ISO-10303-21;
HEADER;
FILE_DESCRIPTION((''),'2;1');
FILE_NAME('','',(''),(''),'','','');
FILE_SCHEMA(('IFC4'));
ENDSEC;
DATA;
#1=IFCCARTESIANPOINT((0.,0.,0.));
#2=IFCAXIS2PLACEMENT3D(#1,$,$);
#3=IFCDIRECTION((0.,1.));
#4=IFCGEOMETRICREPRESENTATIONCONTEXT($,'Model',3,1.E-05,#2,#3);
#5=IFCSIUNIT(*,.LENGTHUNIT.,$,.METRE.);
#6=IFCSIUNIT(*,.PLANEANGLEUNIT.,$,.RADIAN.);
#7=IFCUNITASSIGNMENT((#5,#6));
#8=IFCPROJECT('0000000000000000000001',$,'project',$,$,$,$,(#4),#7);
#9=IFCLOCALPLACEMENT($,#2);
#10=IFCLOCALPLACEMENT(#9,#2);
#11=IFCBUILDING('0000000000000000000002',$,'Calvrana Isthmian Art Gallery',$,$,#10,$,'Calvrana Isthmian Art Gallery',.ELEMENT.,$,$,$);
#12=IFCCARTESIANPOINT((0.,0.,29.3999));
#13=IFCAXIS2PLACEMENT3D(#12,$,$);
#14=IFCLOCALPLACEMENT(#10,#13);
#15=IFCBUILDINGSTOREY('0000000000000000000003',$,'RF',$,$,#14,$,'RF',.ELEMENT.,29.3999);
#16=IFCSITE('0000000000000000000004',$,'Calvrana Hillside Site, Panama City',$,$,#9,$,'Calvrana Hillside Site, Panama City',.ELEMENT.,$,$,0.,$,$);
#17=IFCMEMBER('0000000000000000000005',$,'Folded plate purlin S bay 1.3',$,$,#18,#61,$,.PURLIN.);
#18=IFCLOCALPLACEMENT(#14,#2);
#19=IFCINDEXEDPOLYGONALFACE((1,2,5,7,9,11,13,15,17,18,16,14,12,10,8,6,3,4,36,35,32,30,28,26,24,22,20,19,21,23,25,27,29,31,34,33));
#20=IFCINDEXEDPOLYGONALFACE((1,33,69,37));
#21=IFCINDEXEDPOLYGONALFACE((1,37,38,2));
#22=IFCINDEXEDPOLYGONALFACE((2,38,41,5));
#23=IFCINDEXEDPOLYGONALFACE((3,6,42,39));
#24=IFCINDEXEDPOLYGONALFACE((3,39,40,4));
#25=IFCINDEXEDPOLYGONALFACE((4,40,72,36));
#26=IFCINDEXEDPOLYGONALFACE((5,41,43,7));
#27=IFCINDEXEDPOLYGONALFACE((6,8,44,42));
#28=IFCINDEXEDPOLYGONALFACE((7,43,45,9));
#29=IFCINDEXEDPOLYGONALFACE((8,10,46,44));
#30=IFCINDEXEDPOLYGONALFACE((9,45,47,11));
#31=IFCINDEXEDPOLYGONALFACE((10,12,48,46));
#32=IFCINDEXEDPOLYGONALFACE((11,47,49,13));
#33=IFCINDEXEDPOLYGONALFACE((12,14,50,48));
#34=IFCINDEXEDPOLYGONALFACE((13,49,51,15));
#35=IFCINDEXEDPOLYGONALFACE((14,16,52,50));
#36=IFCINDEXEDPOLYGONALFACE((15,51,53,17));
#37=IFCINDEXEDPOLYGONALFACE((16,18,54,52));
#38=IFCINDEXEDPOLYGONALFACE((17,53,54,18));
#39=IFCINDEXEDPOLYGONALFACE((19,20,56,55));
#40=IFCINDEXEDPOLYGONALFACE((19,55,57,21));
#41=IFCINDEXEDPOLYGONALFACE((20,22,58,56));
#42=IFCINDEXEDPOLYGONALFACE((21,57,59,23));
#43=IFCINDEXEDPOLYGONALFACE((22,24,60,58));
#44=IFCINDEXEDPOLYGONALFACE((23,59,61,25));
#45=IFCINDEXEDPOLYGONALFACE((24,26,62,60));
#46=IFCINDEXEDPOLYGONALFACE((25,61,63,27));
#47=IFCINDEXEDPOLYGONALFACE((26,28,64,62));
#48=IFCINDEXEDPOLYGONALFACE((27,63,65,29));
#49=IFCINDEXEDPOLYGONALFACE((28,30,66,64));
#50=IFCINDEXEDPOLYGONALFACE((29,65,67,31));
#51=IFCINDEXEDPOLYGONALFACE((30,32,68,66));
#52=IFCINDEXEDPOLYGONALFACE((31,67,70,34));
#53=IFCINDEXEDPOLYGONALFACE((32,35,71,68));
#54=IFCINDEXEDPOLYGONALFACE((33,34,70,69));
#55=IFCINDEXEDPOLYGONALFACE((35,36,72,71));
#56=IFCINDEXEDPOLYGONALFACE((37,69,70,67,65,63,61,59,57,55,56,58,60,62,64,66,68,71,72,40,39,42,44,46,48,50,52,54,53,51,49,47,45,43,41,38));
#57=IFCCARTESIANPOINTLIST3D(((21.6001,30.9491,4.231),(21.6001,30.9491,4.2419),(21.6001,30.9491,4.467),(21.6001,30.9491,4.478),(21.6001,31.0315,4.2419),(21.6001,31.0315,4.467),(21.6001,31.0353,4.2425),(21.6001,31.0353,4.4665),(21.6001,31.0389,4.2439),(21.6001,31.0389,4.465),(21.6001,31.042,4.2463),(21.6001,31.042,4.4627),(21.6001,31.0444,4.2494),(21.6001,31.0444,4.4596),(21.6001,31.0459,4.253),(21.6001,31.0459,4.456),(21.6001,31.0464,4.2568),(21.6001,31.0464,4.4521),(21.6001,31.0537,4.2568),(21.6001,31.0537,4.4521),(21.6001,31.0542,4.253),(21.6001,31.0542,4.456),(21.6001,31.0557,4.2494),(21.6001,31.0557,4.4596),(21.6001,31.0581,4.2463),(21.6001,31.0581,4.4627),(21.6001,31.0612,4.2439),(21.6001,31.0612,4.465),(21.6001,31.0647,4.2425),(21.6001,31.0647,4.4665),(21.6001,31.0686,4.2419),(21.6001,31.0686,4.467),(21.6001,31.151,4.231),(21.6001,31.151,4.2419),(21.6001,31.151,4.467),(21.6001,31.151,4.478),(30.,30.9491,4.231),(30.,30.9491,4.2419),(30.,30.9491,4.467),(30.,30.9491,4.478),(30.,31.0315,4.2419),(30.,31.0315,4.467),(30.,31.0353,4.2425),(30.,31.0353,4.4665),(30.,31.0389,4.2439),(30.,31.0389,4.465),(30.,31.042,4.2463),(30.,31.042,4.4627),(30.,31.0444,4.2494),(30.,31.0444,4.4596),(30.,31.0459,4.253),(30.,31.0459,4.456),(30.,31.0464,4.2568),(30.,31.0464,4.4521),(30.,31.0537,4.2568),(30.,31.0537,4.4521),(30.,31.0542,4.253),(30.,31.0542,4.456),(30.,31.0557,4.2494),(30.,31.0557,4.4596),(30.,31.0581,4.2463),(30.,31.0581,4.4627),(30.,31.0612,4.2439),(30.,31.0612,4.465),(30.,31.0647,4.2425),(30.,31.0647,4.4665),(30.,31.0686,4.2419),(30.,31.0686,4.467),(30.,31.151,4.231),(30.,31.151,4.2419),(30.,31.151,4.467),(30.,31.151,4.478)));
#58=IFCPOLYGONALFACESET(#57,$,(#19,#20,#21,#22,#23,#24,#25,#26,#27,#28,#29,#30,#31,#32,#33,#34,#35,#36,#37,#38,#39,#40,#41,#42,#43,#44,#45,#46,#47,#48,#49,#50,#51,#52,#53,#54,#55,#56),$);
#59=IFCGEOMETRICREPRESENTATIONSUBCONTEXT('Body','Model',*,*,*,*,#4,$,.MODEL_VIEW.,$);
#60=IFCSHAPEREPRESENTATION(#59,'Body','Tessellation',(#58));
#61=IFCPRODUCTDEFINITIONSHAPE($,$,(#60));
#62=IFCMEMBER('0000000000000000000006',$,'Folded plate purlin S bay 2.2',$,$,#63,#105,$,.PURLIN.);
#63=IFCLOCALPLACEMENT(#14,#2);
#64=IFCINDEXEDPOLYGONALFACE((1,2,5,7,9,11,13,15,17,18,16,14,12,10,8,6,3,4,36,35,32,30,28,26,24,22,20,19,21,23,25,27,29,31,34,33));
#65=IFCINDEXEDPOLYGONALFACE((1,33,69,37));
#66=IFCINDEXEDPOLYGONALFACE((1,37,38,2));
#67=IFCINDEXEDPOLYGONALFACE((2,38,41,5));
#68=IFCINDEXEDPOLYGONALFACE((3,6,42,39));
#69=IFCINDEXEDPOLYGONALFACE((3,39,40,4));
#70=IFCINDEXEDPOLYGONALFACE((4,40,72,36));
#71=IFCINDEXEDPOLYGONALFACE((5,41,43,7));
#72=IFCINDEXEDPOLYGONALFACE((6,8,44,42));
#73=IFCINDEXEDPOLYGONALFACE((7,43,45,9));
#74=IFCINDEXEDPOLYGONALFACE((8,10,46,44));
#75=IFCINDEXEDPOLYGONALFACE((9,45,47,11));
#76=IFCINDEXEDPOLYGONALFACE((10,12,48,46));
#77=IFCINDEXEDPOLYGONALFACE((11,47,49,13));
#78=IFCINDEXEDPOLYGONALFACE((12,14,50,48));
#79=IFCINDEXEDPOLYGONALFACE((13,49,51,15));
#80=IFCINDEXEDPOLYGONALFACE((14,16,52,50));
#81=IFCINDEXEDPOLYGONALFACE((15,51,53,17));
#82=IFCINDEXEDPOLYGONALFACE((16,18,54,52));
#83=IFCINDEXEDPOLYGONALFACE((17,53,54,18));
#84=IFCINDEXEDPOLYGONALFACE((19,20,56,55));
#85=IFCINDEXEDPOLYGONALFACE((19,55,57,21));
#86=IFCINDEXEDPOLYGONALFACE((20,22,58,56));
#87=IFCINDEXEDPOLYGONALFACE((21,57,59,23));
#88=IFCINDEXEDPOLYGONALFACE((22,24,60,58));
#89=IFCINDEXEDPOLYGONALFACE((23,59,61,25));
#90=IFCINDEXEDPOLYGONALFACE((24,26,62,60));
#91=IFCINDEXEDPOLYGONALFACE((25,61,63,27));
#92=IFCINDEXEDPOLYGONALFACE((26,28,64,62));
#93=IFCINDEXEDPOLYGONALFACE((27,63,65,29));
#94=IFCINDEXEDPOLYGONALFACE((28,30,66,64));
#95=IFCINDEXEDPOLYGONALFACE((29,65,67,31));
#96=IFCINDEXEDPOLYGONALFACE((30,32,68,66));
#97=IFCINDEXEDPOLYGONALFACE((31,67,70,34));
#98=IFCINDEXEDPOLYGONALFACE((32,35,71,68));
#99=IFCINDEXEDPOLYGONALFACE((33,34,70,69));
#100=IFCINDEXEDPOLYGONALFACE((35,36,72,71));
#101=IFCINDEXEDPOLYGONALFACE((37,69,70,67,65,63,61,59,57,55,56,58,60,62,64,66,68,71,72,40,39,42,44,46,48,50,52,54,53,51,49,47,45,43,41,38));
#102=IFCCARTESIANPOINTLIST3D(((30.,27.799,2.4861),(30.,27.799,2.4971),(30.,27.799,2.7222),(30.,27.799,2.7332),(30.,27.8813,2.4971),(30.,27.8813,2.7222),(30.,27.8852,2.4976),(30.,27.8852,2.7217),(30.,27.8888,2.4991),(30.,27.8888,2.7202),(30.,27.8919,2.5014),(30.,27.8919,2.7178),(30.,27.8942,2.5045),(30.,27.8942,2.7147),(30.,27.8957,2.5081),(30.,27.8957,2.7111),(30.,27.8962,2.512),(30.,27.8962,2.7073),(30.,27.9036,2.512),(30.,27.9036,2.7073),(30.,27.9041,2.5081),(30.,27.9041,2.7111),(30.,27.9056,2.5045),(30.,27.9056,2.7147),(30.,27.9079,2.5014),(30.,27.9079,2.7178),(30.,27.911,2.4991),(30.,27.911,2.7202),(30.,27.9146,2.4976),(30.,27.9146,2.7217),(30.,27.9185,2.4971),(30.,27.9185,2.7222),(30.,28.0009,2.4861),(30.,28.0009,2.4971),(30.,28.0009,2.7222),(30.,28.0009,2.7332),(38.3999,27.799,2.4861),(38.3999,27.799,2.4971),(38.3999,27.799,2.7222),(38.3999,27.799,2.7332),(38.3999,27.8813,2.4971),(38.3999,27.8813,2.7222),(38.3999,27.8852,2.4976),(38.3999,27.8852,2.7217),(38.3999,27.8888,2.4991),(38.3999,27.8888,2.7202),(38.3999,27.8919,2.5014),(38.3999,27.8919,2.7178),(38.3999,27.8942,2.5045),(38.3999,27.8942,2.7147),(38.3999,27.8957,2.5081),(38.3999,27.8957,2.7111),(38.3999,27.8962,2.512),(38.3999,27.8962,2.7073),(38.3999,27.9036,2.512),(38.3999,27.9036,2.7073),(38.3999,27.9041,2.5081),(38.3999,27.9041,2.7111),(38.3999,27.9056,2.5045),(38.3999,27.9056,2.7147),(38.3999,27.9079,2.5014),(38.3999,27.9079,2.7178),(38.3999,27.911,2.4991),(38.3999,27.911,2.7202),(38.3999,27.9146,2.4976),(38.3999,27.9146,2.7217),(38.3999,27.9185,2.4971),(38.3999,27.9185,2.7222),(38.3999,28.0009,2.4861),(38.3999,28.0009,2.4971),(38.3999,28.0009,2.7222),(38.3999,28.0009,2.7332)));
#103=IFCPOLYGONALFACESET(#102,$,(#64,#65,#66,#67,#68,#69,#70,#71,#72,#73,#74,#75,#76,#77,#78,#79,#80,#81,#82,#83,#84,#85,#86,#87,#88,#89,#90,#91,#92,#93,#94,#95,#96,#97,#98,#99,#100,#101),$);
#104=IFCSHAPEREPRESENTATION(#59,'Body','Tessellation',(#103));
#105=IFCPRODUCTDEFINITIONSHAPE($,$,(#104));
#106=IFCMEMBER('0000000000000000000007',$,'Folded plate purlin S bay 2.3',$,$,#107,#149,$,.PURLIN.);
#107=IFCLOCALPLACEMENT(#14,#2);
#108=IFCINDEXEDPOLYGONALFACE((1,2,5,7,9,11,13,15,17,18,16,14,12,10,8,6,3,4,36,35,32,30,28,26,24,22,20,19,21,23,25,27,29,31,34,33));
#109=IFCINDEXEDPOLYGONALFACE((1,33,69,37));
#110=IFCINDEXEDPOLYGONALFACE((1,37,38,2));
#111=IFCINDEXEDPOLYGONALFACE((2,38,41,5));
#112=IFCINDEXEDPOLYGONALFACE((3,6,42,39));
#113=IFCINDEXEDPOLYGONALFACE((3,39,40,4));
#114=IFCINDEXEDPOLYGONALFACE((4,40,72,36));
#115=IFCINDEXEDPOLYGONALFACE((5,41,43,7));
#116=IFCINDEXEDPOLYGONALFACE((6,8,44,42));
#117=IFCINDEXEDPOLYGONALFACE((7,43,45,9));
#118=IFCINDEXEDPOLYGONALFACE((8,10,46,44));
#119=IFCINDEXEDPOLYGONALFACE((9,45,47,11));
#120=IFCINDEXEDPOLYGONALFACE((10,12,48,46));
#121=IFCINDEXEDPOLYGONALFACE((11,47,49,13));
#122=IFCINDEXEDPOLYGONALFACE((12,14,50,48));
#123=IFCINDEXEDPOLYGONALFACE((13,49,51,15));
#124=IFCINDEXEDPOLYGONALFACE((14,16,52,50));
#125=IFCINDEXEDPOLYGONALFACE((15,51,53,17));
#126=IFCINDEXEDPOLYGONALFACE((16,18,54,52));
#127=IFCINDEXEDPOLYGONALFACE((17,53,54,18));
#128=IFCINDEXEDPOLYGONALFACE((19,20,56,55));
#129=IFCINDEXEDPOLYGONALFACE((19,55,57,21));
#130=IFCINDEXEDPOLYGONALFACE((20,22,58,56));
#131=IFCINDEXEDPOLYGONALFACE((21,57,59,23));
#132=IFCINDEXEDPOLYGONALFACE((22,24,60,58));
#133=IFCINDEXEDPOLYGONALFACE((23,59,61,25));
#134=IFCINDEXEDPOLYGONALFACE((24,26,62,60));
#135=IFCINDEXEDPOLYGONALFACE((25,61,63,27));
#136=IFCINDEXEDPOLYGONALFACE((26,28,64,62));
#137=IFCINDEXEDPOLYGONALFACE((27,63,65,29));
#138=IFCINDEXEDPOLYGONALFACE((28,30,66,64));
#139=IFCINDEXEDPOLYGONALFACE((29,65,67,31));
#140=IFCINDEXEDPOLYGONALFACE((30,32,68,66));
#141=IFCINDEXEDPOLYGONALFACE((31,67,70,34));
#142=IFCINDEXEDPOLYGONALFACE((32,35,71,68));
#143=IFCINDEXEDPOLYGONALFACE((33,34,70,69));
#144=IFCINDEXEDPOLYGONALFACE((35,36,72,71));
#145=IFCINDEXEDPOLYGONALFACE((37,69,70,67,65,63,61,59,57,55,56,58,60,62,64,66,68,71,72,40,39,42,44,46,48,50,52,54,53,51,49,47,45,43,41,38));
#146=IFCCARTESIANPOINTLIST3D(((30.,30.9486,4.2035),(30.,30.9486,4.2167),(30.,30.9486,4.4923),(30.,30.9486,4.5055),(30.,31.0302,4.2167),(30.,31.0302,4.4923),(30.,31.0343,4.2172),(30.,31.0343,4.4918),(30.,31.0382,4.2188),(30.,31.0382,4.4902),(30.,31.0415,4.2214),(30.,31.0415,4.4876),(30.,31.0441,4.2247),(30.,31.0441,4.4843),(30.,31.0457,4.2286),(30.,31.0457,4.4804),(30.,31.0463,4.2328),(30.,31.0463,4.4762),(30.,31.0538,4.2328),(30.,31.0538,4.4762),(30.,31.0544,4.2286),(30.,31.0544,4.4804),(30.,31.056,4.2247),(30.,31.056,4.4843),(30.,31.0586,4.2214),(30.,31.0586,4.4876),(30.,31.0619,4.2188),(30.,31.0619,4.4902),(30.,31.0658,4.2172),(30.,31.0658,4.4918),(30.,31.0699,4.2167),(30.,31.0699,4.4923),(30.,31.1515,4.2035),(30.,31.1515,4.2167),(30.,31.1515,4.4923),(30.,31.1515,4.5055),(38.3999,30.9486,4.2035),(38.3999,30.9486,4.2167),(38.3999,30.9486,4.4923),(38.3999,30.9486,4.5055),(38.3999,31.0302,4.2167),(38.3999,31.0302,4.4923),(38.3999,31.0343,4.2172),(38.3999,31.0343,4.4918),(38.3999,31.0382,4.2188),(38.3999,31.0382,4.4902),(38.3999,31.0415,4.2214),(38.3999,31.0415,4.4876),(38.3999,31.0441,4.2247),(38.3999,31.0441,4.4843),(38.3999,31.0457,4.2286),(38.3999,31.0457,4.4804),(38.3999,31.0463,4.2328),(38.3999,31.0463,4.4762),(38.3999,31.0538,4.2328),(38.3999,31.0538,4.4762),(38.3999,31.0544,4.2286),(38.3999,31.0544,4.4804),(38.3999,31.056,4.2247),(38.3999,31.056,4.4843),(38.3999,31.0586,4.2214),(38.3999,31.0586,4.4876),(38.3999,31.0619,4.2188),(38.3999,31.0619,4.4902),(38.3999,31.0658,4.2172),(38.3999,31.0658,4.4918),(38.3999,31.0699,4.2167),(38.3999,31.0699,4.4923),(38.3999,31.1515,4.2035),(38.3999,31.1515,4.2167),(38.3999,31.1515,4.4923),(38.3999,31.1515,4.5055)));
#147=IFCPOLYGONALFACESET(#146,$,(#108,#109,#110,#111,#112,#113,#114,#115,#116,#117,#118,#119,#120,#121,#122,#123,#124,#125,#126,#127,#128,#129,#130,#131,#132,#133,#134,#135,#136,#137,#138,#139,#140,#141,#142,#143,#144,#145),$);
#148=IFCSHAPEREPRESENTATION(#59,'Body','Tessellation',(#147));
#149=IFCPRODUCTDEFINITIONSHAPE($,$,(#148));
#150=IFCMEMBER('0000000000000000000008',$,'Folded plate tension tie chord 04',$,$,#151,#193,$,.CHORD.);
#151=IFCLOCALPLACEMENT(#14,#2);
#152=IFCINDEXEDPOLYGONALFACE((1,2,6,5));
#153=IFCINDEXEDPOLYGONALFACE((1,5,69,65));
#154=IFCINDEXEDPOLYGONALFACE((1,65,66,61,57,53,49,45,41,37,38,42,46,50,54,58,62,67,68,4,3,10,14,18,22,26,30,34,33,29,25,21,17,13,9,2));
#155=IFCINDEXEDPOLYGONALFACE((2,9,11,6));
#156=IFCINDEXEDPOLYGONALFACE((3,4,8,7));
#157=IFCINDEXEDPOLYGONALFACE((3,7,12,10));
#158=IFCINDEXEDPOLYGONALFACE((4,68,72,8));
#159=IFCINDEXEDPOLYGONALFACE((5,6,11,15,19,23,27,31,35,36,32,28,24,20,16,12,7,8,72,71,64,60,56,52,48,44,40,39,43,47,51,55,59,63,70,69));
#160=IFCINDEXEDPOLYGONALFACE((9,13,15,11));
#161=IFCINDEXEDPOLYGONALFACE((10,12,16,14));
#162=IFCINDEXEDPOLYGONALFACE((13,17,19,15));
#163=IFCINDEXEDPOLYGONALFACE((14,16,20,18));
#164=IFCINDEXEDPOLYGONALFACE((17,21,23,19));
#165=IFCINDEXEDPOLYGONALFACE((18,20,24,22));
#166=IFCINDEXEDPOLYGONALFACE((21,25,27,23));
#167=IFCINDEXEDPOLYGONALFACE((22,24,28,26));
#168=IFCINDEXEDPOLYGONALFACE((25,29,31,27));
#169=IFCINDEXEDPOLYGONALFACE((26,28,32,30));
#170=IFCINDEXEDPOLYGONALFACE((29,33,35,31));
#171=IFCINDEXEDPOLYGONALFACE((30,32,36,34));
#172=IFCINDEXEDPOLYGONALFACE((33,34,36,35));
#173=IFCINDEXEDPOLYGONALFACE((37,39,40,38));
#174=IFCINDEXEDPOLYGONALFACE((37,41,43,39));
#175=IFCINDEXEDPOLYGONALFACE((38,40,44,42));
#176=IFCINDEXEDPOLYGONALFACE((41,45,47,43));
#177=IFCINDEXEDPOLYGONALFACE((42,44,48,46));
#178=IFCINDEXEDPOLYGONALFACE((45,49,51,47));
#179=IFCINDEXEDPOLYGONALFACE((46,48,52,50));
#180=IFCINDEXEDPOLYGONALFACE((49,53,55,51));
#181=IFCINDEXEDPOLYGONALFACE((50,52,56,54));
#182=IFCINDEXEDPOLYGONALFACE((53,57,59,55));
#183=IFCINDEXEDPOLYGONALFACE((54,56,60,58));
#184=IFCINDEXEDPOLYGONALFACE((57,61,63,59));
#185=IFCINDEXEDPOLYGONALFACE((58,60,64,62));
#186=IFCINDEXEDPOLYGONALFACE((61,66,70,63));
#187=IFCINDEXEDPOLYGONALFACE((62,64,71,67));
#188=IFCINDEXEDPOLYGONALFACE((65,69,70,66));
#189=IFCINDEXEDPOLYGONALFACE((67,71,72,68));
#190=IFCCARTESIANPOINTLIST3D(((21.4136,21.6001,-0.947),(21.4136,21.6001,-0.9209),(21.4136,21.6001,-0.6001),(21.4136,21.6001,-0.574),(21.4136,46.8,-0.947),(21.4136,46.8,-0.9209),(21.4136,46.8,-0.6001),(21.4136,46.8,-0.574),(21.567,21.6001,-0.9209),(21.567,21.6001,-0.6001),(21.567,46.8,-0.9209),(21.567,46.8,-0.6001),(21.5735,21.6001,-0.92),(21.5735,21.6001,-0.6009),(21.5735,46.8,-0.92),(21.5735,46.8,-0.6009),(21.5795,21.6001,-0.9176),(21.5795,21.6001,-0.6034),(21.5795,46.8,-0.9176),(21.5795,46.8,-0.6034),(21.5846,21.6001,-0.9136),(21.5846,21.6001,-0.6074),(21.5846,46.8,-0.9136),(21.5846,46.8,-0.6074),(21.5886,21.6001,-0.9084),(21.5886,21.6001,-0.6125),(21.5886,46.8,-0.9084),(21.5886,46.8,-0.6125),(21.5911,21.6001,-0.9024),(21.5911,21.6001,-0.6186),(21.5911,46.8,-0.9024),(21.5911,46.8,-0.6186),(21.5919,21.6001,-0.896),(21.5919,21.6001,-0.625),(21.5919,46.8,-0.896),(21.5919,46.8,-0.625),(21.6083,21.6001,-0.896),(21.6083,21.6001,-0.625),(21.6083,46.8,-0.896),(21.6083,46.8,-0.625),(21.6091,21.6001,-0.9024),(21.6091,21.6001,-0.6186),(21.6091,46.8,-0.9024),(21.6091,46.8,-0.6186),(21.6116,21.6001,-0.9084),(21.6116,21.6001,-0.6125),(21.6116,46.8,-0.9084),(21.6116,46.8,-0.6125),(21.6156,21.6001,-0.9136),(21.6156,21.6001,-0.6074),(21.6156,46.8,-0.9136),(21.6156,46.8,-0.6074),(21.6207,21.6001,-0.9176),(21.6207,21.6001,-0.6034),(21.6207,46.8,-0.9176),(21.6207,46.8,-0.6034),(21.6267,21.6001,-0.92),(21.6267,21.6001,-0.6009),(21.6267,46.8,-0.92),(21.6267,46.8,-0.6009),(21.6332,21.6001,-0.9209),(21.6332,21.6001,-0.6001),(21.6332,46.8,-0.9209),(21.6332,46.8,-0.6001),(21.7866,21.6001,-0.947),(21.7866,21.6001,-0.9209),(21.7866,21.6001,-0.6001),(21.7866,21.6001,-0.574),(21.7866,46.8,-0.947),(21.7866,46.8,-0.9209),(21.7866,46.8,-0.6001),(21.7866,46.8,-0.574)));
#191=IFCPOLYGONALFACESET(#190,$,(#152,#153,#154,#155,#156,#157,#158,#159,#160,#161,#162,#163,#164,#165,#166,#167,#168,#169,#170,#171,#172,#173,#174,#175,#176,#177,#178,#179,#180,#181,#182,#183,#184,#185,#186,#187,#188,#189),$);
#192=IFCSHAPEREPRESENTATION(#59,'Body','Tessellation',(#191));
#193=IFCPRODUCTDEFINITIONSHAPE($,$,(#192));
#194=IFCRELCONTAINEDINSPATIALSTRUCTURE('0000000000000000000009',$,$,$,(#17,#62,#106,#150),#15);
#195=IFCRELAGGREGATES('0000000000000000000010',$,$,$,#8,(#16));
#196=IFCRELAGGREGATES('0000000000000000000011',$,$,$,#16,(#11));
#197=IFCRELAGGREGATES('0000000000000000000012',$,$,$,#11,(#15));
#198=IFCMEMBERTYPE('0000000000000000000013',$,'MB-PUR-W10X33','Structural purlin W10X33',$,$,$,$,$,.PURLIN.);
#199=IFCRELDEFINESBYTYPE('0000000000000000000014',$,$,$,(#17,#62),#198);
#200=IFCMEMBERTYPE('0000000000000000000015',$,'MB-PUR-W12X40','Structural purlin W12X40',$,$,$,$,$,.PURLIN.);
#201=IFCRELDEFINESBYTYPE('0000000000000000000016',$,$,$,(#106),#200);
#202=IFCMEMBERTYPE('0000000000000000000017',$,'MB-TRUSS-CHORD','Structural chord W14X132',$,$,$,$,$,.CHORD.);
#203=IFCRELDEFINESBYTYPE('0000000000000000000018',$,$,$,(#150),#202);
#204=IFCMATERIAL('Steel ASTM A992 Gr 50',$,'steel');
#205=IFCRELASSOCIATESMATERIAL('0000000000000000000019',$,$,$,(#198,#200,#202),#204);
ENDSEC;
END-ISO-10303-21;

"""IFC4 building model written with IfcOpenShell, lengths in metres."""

from ifc_helpers import new_model, si_unit, direction, frame, origin, origin_2d, place, context, subcontext, project, spatial, i_section, extrude, material, material_profile, profile_set, type_object, element, save


model = new_model("IFC4")

# Units and contexts
model_context = context("Model", 3, precision=1e-05, world=origin(), true_north=direction((0.0, 1.0)))
body_context = subcontext(model_context, "Body", "Model", "MODEL_VIEW")
ifc_project = project(units=[si_unit("LENGTHUNIT", "METRE"), si_unit("PLANEANGLEUNIT", "RADIAN")], contexts=[model_context])

# Site, building, storey
site_placement = place(None, origin())
site = spatial("IfcSite", under=ifc_project, at=site_placement, Name="Calvrana Hillside Site, Panama City", LongName="Calvrana Hillside Site, Panama City", CompositionType="ELEMENT", RefElevation=0.0)
building_placement = place(site_placement, origin())
building = spatial("IfcBuilding", under=site, at=building_placement, Name="Calvrana Isthmian Art Gallery", LongName="Calvrana Isthmian Art Gallery", CompositionType="ELEMENT")
storey_placement = place(building_placement, frame((0.0, 0.0, 29.3999)))
storey = spatial("IfcBuildingStorey", under=building, at=storey_placement, Name="RF", LongName="RF", CompositionType="ELEMENT", Elevation=29.3999)

# Shared definitions
ifc_material_1 = material(Name="Steel ASTM A992 Gr 50", Category="steel")

# Members
ifc_material_profile_1 = material_profile(ifc_material_1, i_section(OverallWidth=0.2019, OverallDepth=0.2471, WebThickness=0.0073, FlangeThickness=0.011, FilletRadius=0.0149, at=origin_2d()), Name="W10X33")
ifc_profile_set_1 = profile_set([ifc_material_profile_1], Name="Steel ASTM A992 Gr 50")
member_type_1 = type_object("IfcMemberType", Name="MB-PUR-W10X33", Description="Structural purlin W10X33", PredefinedType="PURLIN", material=ifc_profile_set_1)
for number, where, z_axis, x_axis, name in (
    (1, (21.6001, 31.05, 4.3545), (1.0, 0.0, 0.0), (0.0, 1.0, 0.0), "Folded plate purlin S bay 1.3"),
    (2, (30.0, 27.8999, 2.6096), (1.0, 0.0, 0.0), (0.0, 1.0, 0.0), "Folded plate purlin S bay 2.2"),
):
    element("IfcMember", number, at=place(storey_placement, frame(where, z_axis=z_axis, x_axis=x_axis)), inside=storey, type_object=member_type_1, Name=name, PredefinedType="PURLIN", context=body_context, shape_type="SweptSolid", body=[
        extrude(i_section(OverallWidth=0.2019, OverallDepth=0.2471, WebThickness=0.0073, FlangeThickness=0.011, FilletRadius=0.0149, at=origin_2d()), origin(), (0.0, 0.0, 1.0), 8.3999),
    ])
ifc_material_profile_2 = material_profile(ifc_material_1, i_section(OverallWidth=0.2029, OverallDepth=0.302, WebThickness=0.0076, FlangeThickness=0.0132, FilletRadius=0.0161, at=origin_2d()), Name="W12X40")
ifc_profile_set_2 = profile_set([ifc_material_profile_2], Name="Steel ASTM A992 Gr 50")
member_type_2 = type_object("IfcMemberType", Name="MB-PUR-W12X40", Description="Structural purlin W12X40", PredefinedType="PURLIN", material=ifc_profile_set_2)
member_1_placement = place(storey_placement, frame((30.0, 31.05, 4.3545), z_axis=(1.0, 0.0, 0.0), x_axis=(0.0, 1.0, 0.0)))
element("IfcMember", 3, at=member_1_placement, inside=storey, type_object=member_type_2, Name="Folded plate purlin S bay 2.3", PredefinedType="PURLIN", context=body_context, shape_type="SweptSolid", body=[
    extrude(i_section(OverallWidth=0.2029, OverallDepth=0.302, WebThickness=0.0076, FlangeThickness=0.0132, FilletRadius=0.0161, at=origin_2d()), origin(), (0.0, 0.0, 1.0), 8.3999),
])
ifc_material_profile_3 = material_profile(ifc_material_1, i_section(OverallWidth=0.373, OverallDepth=0.373, WebThickness=0.0164, FlangeThickness=0.0261, FilletRadius=0.0249, at=origin_2d()), Name="W14X132")
ifc_profile_set_3 = profile_set([ifc_material_profile_3], Name="Steel ASTM A992 Gr 50")
member_type_3 = type_object("IfcMemberType", Name="MB-TRUSS-CHORD", Description="Structural chord W14X132", PredefinedType="CHORD", material=ifc_profile_set_3)
for number, where, z_axis, x_axis, name in (
    (4, (21.6001, 21.6001, -0.7605), (0.0, 1.0, 0.0), (-1.0, 0.0, 0.0), "Folded plate tension tie chord 04"),
):
    element("IfcMember", number, at=place(storey_placement, frame(where, z_axis=z_axis, x_axis=x_axis)), inside=storey, type_object=member_type_3, Name=name, PredefinedType="CHORD", context=body_context, shape_type="SweptSolid", body=[
        extrude(i_section(OverallWidth=0.373, OverallDepth=0.373, WebThickness=0.0164, FlangeThickness=0.0261, FilletRadius=0.0249, at=origin_2d()), origin(), (0.0, 0.0, 1.0), 25.2),
    ])

save(model, "model.ifc")
